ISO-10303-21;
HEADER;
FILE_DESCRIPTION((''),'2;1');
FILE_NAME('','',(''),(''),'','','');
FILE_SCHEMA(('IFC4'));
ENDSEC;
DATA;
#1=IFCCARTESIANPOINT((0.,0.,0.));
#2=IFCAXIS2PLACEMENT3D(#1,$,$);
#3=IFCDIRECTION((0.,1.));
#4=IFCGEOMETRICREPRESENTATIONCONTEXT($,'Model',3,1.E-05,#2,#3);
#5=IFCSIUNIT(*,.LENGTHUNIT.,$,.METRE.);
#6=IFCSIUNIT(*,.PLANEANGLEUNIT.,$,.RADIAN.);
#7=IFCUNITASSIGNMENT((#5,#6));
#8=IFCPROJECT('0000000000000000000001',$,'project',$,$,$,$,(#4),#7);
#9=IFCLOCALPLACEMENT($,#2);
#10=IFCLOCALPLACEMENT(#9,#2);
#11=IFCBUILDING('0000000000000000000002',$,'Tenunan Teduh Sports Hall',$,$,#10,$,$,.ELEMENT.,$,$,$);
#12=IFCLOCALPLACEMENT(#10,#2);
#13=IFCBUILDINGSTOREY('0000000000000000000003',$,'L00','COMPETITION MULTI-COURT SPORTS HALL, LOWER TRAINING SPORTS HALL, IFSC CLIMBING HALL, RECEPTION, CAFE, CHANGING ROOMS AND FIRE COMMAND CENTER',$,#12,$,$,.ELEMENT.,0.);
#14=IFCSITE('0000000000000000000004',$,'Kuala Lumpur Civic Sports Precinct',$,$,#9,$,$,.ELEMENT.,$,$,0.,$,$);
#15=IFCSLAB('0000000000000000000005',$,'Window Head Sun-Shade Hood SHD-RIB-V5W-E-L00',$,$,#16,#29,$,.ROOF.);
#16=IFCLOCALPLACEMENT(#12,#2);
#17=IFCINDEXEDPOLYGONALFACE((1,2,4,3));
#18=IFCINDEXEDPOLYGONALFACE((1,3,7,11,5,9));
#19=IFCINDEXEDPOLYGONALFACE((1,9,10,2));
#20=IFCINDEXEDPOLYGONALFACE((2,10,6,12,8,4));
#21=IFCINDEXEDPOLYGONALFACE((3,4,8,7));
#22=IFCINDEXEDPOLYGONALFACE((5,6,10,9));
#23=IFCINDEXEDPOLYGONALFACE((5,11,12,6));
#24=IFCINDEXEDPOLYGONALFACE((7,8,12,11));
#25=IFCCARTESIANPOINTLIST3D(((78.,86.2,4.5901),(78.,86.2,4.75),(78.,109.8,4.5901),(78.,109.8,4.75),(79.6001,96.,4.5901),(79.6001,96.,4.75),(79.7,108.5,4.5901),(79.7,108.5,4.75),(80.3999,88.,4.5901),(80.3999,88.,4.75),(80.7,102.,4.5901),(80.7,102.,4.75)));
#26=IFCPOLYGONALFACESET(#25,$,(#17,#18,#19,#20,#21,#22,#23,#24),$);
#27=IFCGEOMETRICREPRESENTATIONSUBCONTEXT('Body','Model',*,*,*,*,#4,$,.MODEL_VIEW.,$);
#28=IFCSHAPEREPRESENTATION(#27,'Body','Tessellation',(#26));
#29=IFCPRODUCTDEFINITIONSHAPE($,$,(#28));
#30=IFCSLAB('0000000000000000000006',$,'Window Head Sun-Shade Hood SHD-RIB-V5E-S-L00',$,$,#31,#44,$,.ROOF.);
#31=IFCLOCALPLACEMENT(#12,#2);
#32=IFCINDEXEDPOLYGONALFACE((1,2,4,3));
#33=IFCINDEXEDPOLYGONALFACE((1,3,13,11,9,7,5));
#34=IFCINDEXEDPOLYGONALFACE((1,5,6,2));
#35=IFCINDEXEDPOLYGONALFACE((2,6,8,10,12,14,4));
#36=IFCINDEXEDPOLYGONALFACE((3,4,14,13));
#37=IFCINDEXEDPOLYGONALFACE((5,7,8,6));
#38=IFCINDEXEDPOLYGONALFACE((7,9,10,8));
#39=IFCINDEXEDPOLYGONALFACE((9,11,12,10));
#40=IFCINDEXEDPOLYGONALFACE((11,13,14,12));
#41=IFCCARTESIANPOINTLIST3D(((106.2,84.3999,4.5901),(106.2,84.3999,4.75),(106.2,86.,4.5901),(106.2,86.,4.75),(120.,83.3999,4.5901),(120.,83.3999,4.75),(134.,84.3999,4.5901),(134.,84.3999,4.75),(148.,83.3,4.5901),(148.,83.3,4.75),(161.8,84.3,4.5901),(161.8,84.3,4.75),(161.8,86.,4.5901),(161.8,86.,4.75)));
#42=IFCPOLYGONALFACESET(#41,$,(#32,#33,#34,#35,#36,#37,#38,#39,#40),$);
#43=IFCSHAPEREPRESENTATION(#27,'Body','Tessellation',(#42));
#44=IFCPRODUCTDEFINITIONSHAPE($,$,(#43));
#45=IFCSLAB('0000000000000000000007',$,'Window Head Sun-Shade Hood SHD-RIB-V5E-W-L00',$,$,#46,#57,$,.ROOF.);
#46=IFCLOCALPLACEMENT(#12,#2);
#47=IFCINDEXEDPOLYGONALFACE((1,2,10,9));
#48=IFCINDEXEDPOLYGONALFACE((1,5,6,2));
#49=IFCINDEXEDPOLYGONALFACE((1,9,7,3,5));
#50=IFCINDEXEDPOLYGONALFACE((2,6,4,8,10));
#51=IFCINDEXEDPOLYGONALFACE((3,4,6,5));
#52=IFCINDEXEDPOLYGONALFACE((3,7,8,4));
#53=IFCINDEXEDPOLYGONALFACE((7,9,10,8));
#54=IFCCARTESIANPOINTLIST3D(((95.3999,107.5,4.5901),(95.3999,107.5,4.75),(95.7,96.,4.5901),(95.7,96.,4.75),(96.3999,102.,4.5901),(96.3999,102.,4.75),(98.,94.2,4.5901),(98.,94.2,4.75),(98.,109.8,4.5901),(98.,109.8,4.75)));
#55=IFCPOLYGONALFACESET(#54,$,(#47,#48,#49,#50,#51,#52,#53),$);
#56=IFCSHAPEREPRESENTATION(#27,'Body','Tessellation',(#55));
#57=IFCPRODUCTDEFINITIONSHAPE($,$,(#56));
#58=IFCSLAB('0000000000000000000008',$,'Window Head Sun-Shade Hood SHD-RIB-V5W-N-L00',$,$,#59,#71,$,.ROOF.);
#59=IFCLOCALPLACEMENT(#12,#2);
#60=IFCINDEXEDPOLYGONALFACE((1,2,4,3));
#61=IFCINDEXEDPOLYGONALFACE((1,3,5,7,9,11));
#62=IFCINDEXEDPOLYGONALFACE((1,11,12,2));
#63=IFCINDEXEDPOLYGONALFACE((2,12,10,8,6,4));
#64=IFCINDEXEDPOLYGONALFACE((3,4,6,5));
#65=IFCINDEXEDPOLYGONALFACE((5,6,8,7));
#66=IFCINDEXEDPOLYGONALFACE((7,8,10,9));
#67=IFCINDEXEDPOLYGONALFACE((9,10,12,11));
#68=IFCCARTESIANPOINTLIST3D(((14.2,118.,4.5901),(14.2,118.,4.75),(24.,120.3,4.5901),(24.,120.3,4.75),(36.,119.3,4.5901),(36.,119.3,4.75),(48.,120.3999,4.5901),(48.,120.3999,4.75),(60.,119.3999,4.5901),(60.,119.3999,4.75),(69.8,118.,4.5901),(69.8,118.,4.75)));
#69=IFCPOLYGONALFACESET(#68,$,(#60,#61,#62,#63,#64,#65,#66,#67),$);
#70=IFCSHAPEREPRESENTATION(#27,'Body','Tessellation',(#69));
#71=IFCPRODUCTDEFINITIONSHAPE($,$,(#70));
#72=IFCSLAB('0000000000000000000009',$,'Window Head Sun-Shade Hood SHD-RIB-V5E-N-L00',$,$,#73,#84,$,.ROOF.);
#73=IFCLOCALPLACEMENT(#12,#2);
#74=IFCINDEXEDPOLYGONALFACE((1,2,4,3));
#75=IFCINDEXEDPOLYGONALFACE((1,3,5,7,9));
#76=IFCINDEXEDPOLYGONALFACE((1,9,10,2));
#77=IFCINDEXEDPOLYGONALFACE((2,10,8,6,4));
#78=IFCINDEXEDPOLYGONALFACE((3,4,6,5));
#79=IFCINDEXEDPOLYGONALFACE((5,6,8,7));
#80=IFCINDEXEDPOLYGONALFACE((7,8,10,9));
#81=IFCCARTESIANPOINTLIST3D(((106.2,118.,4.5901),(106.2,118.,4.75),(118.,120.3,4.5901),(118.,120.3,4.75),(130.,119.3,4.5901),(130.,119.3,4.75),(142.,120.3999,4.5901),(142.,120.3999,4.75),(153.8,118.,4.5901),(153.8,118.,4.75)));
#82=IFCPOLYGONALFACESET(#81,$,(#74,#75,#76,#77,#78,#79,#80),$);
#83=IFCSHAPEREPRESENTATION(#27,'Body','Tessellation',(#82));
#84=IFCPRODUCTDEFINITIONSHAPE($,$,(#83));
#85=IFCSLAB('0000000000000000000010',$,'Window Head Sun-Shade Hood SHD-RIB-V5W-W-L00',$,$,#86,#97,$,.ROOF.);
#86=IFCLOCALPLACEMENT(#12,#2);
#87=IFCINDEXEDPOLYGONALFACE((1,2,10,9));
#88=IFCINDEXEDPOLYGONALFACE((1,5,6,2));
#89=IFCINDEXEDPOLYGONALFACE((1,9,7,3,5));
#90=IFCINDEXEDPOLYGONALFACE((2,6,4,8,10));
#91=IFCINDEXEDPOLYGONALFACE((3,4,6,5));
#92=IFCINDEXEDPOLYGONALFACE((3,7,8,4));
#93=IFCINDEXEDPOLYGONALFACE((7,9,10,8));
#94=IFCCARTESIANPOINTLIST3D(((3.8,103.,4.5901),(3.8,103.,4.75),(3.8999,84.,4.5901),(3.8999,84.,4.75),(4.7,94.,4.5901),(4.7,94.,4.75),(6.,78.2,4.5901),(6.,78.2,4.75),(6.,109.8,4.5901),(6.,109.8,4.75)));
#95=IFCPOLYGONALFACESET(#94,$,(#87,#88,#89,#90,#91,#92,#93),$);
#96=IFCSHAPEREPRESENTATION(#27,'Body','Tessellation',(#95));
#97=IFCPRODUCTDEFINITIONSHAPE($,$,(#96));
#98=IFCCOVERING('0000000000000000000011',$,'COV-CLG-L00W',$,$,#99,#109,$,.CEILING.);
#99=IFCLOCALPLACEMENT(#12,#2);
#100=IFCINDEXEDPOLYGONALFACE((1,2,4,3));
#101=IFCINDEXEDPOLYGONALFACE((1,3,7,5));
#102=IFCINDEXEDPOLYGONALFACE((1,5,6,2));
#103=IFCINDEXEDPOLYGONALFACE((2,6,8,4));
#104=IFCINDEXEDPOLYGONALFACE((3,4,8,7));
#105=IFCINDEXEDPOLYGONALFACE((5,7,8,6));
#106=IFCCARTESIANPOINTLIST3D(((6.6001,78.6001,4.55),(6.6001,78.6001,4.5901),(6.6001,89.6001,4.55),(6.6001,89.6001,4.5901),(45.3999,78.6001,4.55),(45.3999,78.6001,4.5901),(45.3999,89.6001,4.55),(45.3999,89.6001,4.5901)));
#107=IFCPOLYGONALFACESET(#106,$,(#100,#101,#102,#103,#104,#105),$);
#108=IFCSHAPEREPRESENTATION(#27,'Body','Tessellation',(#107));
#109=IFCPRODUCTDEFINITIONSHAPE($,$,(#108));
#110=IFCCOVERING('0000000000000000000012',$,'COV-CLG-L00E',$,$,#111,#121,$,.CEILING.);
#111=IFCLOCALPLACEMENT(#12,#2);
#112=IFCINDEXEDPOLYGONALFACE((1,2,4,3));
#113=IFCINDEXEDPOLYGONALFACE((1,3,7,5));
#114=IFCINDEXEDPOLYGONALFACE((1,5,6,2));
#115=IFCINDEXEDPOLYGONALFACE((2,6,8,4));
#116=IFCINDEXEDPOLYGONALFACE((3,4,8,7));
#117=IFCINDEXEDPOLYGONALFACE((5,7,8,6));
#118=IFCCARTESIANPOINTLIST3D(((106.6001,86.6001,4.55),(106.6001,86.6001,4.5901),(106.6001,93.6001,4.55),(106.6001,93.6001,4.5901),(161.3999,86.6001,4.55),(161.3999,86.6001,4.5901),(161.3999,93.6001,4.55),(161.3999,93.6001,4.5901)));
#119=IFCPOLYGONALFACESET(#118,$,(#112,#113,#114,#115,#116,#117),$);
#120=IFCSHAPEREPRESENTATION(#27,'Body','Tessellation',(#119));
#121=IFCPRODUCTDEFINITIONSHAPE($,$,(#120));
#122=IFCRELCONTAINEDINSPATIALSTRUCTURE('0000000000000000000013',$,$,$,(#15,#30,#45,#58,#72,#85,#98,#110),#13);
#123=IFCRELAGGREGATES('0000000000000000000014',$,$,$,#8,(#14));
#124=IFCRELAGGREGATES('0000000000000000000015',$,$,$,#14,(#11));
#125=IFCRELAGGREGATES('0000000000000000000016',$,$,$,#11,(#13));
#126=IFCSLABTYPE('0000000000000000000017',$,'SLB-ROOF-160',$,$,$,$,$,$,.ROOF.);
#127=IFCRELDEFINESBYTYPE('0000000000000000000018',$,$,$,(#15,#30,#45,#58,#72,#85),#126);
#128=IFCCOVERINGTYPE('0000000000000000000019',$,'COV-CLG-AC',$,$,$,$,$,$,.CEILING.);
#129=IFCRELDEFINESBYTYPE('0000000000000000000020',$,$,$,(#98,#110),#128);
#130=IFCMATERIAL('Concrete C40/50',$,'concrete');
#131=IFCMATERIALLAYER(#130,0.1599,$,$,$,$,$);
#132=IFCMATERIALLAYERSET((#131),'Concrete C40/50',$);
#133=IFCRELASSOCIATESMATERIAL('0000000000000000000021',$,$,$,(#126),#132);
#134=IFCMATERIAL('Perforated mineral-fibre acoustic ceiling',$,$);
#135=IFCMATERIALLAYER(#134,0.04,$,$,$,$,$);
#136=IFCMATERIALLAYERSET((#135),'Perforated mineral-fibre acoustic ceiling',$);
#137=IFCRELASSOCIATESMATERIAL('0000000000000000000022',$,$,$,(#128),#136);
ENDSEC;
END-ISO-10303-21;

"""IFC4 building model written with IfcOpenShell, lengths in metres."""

from ifc_helpers import new_model, si_unit, direction, frame, origin, place, context, subcontext, project, spatial, polyline, outline, extrude, material, layer, layer_set, type_object, element, save


model = new_model("IFC4")

# Units and contexts
model_context = context("Model", 3, precision=1e-05, world=origin(), true_north=direction((0.0, 1.0)))
body_context = subcontext(model_context, "Body", "Model", "MODEL_VIEW")
ifc_project = project(units=[si_unit("LENGTHUNIT", "METRE"), si_unit("PLANEANGLEUNIT", "RADIAN")], contexts=[model_context])

# Site, building, storey
site_placement = place(None, origin())
site = spatial("IfcSite", under=ifc_project, at=site_placement, Name="Kuala Lumpur Civic Sports Precinct", CompositionType="ELEMENT", RefElevation=0.0)
building_placement = place(site_placement, origin())
building = spatial("IfcBuilding", under=site, at=building_placement, Name="Tenunan Teduh Sports Hall", CompositionType="ELEMENT")
storey_placement = place(building_placement, origin())
storey = spatial("IfcBuildingStorey", under=building, at=storey_placement, Name="L00", Description="COMPETITION MULTI-COURT SPORTS HALL, LOWER TRAINING SPORTS HALL, IFSC CLIMBING HALL, RECEPTION, CAFE, CHANGING ROOMS AND FIRE COMMAND CENTER", CompositionType="ELEMENT", Elevation=0.0)

# Slabs
ifc_material_1 = material(Name="Concrete C40/50", Category="concrete")
ifc_layer_1 = layer(ifc_material_1, 0.1599)
ifc_layer_set_1 = layer_set([ifc_layer_1], Name="Concrete C40/50")
slab_type_1 = type_object("IfcSlabType", Name="SLB-ROOF-160", PredefinedType="ROOF", material=ifc_layer_set_1)
slab_1_placement = place(storey_placement, frame((0.0, 0.0, 4.5901)))
element("IfcSlab", 1, at=slab_1_placement, inside=storey, type_object=slab_type_1, Name="Window Head Sun-Shade Hood SHD-RIB-V5W-E-L00", PredefinedType="ROOF", context=body_context, shape_type="SweptSolid", body=[
    extrude(outline(polyline([(78.0, 86.2), (80.3999, 88.0), (79.6001, 96.0), (80.7, 102.0), (79.7, 108.5), (78.0, 109.8), (78.0, 86.2)])), origin(), (0.0, 0.0, 1.0), 0.1599),
])
slab_2_placement = place(storey_placement, frame((0.0, 0.0, 4.5901)))
element("IfcSlab", 2, at=slab_2_placement, inside=storey, type_object=slab_type_1, Name="Window Head Sun-Shade Hood SHD-RIB-V5E-S-L00", PredefinedType="ROOF", context=body_context, shape_type="SweptSolid", body=[
    extrude(outline(polyline([(106.2, 86.0), (161.8, 86.0), (161.8, 84.3), (148.0, 83.3), (134.0, 84.3999), (120.0, 83.3999), (106.2, 84.3999), (106.2, 86.0)])), origin(), (0.0, 0.0, 1.0), 0.1599),
])
slab_3_placement = place(storey_placement, frame((0.0, 0.0, 4.5901)))
element("IfcSlab", 3, at=slab_3_placement, inside=storey, type_object=slab_type_1, Name="Window Head Sun-Shade Hood SHD-RIB-V5E-W-L00", PredefinedType="ROOF", context=body_context, shape_type="SweptSolid", body=[
    extrude(outline(polyline([(98.0, 94.2), (95.7, 96.0), (96.3999, 102.0), (95.3999, 107.5), (98.0, 109.8), (98.0, 94.2)])), origin(), (0.0, 0.0, 1.0), 0.1599),
])
slab_4_placement = place(storey_placement, frame((0.0, 0.0, 4.5901)))
element("IfcSlab", 4, at=slab_4_placement, inside=storey, type_object=slab_type_1, Name="Window Head Sun-Shade Hood SHD-RIB-V5W-N-L00", PredefinedType="ROOF", context=body_context, shape_type="SweptSolid", body=[
    extrude(outline(polyline([(14.2, 118.0), (24.0, 120.3), (36.0, 119.3), (48.0, 120.3999), (60.0, 119.3999), (69.8, 118.0), (14.2, 118.0)])), origin(), (0.0, 0.0, 1.0), 0.1599),
])
slab_5_placement = place(storey_placement, frame((0.0, 0.0, 4.5901)))
element("IfcSlab", 5, at=slab_5_placement, inside=storey, type_object=slab_type_1, Name="Window Head Sun-Shade Hood SHD-RIB-V5E-N-L00", PredefinedType="ROOF", context=body_context, shape_type="SweptSolid", body=[
    extrude(outline(polyline([(106.2, 118.0), (118.0, 120.3), (130.0, 119.3), (142.0, 120.3999), (153.8, 118.0), (106.2, 118.0)])), origin(), (0.0, 0.0, 1.0), 0.1599),
])
slab_6_placement = place(storey_placement, frame((0.0, 0.0, 4.5901)))
element("IfcSlab", 6, at=slab_6_placement, inside=storey, type_object=slab_type_1, Name="Window Head Sun-Shade Hood SHD-RIB-V5W-W-L00", PredefinedType="ROOF", context=body_context, shape_type="SweptSolid", body=[
    extrude(outline(polyline([(6.0, 78.2), (3.8999, 84.0), (4.7, 94.0), (3.8, 103.0), (6.0, 109.8), (6.0, 78.2)])), origin(), (0.0, 0.0, 1.0), 0.1599),
])

# Coverings
ifc_material_2 = material(Name="Perforated mineral-fibre acoustic ceiling")
ifc_layer_2 = layer(ifc_material_2, 0.04)
ifc_layer_set_2 = layer_set([ifc_layer_2], Name="Perforated mineral-fibre acoustic ceiling")
covering_type = type_object("IfcCoveringType", Name="COV-CLG-AC", PredefinedType="CEILING", material=ifc_layer_set_2)
covering_1_placement = place(storey_placement, frame((0.0, 0.0, 4.55)))
element("IfcCovering", 7, at=covering_1_placement, inside=storey, type_object=covering_type, Name="COV-CLG-L00W", PredefinedType="CEILING", context=body_context, shape_type="SweptSolid", body=[
    extrude(outline(polyline([(6.6001, 78.6001), (45.3999, 78.6001), (45.3999, 89.6001), (6.6001, 89.6001), (6.6001, 78.6001)])), origin(), (0.0, 0.0, 1.0), 0.04),
])
covering_2_placement = place(storey_placement, frame((0.0, 0.0, 4.55)))
element("IfcCovering", 8, at=covering_2_placement, inside=storey, type_object=covering_type, Name="COV-CLG-L00E", PredefinedType="CEILING", context=body_context, shape_type="SweptSolid", body=[
    extrude(outline(polyline([(106.6001, 86.6001), (161.3999, 86.6001), (161.3999, 93.6001), (106.6001, 93.6001), (106.6001, 86.6001)])), origin(), (0.0, 0.0, 1.0), 0.04),
])

save(model, "model.ifc")
